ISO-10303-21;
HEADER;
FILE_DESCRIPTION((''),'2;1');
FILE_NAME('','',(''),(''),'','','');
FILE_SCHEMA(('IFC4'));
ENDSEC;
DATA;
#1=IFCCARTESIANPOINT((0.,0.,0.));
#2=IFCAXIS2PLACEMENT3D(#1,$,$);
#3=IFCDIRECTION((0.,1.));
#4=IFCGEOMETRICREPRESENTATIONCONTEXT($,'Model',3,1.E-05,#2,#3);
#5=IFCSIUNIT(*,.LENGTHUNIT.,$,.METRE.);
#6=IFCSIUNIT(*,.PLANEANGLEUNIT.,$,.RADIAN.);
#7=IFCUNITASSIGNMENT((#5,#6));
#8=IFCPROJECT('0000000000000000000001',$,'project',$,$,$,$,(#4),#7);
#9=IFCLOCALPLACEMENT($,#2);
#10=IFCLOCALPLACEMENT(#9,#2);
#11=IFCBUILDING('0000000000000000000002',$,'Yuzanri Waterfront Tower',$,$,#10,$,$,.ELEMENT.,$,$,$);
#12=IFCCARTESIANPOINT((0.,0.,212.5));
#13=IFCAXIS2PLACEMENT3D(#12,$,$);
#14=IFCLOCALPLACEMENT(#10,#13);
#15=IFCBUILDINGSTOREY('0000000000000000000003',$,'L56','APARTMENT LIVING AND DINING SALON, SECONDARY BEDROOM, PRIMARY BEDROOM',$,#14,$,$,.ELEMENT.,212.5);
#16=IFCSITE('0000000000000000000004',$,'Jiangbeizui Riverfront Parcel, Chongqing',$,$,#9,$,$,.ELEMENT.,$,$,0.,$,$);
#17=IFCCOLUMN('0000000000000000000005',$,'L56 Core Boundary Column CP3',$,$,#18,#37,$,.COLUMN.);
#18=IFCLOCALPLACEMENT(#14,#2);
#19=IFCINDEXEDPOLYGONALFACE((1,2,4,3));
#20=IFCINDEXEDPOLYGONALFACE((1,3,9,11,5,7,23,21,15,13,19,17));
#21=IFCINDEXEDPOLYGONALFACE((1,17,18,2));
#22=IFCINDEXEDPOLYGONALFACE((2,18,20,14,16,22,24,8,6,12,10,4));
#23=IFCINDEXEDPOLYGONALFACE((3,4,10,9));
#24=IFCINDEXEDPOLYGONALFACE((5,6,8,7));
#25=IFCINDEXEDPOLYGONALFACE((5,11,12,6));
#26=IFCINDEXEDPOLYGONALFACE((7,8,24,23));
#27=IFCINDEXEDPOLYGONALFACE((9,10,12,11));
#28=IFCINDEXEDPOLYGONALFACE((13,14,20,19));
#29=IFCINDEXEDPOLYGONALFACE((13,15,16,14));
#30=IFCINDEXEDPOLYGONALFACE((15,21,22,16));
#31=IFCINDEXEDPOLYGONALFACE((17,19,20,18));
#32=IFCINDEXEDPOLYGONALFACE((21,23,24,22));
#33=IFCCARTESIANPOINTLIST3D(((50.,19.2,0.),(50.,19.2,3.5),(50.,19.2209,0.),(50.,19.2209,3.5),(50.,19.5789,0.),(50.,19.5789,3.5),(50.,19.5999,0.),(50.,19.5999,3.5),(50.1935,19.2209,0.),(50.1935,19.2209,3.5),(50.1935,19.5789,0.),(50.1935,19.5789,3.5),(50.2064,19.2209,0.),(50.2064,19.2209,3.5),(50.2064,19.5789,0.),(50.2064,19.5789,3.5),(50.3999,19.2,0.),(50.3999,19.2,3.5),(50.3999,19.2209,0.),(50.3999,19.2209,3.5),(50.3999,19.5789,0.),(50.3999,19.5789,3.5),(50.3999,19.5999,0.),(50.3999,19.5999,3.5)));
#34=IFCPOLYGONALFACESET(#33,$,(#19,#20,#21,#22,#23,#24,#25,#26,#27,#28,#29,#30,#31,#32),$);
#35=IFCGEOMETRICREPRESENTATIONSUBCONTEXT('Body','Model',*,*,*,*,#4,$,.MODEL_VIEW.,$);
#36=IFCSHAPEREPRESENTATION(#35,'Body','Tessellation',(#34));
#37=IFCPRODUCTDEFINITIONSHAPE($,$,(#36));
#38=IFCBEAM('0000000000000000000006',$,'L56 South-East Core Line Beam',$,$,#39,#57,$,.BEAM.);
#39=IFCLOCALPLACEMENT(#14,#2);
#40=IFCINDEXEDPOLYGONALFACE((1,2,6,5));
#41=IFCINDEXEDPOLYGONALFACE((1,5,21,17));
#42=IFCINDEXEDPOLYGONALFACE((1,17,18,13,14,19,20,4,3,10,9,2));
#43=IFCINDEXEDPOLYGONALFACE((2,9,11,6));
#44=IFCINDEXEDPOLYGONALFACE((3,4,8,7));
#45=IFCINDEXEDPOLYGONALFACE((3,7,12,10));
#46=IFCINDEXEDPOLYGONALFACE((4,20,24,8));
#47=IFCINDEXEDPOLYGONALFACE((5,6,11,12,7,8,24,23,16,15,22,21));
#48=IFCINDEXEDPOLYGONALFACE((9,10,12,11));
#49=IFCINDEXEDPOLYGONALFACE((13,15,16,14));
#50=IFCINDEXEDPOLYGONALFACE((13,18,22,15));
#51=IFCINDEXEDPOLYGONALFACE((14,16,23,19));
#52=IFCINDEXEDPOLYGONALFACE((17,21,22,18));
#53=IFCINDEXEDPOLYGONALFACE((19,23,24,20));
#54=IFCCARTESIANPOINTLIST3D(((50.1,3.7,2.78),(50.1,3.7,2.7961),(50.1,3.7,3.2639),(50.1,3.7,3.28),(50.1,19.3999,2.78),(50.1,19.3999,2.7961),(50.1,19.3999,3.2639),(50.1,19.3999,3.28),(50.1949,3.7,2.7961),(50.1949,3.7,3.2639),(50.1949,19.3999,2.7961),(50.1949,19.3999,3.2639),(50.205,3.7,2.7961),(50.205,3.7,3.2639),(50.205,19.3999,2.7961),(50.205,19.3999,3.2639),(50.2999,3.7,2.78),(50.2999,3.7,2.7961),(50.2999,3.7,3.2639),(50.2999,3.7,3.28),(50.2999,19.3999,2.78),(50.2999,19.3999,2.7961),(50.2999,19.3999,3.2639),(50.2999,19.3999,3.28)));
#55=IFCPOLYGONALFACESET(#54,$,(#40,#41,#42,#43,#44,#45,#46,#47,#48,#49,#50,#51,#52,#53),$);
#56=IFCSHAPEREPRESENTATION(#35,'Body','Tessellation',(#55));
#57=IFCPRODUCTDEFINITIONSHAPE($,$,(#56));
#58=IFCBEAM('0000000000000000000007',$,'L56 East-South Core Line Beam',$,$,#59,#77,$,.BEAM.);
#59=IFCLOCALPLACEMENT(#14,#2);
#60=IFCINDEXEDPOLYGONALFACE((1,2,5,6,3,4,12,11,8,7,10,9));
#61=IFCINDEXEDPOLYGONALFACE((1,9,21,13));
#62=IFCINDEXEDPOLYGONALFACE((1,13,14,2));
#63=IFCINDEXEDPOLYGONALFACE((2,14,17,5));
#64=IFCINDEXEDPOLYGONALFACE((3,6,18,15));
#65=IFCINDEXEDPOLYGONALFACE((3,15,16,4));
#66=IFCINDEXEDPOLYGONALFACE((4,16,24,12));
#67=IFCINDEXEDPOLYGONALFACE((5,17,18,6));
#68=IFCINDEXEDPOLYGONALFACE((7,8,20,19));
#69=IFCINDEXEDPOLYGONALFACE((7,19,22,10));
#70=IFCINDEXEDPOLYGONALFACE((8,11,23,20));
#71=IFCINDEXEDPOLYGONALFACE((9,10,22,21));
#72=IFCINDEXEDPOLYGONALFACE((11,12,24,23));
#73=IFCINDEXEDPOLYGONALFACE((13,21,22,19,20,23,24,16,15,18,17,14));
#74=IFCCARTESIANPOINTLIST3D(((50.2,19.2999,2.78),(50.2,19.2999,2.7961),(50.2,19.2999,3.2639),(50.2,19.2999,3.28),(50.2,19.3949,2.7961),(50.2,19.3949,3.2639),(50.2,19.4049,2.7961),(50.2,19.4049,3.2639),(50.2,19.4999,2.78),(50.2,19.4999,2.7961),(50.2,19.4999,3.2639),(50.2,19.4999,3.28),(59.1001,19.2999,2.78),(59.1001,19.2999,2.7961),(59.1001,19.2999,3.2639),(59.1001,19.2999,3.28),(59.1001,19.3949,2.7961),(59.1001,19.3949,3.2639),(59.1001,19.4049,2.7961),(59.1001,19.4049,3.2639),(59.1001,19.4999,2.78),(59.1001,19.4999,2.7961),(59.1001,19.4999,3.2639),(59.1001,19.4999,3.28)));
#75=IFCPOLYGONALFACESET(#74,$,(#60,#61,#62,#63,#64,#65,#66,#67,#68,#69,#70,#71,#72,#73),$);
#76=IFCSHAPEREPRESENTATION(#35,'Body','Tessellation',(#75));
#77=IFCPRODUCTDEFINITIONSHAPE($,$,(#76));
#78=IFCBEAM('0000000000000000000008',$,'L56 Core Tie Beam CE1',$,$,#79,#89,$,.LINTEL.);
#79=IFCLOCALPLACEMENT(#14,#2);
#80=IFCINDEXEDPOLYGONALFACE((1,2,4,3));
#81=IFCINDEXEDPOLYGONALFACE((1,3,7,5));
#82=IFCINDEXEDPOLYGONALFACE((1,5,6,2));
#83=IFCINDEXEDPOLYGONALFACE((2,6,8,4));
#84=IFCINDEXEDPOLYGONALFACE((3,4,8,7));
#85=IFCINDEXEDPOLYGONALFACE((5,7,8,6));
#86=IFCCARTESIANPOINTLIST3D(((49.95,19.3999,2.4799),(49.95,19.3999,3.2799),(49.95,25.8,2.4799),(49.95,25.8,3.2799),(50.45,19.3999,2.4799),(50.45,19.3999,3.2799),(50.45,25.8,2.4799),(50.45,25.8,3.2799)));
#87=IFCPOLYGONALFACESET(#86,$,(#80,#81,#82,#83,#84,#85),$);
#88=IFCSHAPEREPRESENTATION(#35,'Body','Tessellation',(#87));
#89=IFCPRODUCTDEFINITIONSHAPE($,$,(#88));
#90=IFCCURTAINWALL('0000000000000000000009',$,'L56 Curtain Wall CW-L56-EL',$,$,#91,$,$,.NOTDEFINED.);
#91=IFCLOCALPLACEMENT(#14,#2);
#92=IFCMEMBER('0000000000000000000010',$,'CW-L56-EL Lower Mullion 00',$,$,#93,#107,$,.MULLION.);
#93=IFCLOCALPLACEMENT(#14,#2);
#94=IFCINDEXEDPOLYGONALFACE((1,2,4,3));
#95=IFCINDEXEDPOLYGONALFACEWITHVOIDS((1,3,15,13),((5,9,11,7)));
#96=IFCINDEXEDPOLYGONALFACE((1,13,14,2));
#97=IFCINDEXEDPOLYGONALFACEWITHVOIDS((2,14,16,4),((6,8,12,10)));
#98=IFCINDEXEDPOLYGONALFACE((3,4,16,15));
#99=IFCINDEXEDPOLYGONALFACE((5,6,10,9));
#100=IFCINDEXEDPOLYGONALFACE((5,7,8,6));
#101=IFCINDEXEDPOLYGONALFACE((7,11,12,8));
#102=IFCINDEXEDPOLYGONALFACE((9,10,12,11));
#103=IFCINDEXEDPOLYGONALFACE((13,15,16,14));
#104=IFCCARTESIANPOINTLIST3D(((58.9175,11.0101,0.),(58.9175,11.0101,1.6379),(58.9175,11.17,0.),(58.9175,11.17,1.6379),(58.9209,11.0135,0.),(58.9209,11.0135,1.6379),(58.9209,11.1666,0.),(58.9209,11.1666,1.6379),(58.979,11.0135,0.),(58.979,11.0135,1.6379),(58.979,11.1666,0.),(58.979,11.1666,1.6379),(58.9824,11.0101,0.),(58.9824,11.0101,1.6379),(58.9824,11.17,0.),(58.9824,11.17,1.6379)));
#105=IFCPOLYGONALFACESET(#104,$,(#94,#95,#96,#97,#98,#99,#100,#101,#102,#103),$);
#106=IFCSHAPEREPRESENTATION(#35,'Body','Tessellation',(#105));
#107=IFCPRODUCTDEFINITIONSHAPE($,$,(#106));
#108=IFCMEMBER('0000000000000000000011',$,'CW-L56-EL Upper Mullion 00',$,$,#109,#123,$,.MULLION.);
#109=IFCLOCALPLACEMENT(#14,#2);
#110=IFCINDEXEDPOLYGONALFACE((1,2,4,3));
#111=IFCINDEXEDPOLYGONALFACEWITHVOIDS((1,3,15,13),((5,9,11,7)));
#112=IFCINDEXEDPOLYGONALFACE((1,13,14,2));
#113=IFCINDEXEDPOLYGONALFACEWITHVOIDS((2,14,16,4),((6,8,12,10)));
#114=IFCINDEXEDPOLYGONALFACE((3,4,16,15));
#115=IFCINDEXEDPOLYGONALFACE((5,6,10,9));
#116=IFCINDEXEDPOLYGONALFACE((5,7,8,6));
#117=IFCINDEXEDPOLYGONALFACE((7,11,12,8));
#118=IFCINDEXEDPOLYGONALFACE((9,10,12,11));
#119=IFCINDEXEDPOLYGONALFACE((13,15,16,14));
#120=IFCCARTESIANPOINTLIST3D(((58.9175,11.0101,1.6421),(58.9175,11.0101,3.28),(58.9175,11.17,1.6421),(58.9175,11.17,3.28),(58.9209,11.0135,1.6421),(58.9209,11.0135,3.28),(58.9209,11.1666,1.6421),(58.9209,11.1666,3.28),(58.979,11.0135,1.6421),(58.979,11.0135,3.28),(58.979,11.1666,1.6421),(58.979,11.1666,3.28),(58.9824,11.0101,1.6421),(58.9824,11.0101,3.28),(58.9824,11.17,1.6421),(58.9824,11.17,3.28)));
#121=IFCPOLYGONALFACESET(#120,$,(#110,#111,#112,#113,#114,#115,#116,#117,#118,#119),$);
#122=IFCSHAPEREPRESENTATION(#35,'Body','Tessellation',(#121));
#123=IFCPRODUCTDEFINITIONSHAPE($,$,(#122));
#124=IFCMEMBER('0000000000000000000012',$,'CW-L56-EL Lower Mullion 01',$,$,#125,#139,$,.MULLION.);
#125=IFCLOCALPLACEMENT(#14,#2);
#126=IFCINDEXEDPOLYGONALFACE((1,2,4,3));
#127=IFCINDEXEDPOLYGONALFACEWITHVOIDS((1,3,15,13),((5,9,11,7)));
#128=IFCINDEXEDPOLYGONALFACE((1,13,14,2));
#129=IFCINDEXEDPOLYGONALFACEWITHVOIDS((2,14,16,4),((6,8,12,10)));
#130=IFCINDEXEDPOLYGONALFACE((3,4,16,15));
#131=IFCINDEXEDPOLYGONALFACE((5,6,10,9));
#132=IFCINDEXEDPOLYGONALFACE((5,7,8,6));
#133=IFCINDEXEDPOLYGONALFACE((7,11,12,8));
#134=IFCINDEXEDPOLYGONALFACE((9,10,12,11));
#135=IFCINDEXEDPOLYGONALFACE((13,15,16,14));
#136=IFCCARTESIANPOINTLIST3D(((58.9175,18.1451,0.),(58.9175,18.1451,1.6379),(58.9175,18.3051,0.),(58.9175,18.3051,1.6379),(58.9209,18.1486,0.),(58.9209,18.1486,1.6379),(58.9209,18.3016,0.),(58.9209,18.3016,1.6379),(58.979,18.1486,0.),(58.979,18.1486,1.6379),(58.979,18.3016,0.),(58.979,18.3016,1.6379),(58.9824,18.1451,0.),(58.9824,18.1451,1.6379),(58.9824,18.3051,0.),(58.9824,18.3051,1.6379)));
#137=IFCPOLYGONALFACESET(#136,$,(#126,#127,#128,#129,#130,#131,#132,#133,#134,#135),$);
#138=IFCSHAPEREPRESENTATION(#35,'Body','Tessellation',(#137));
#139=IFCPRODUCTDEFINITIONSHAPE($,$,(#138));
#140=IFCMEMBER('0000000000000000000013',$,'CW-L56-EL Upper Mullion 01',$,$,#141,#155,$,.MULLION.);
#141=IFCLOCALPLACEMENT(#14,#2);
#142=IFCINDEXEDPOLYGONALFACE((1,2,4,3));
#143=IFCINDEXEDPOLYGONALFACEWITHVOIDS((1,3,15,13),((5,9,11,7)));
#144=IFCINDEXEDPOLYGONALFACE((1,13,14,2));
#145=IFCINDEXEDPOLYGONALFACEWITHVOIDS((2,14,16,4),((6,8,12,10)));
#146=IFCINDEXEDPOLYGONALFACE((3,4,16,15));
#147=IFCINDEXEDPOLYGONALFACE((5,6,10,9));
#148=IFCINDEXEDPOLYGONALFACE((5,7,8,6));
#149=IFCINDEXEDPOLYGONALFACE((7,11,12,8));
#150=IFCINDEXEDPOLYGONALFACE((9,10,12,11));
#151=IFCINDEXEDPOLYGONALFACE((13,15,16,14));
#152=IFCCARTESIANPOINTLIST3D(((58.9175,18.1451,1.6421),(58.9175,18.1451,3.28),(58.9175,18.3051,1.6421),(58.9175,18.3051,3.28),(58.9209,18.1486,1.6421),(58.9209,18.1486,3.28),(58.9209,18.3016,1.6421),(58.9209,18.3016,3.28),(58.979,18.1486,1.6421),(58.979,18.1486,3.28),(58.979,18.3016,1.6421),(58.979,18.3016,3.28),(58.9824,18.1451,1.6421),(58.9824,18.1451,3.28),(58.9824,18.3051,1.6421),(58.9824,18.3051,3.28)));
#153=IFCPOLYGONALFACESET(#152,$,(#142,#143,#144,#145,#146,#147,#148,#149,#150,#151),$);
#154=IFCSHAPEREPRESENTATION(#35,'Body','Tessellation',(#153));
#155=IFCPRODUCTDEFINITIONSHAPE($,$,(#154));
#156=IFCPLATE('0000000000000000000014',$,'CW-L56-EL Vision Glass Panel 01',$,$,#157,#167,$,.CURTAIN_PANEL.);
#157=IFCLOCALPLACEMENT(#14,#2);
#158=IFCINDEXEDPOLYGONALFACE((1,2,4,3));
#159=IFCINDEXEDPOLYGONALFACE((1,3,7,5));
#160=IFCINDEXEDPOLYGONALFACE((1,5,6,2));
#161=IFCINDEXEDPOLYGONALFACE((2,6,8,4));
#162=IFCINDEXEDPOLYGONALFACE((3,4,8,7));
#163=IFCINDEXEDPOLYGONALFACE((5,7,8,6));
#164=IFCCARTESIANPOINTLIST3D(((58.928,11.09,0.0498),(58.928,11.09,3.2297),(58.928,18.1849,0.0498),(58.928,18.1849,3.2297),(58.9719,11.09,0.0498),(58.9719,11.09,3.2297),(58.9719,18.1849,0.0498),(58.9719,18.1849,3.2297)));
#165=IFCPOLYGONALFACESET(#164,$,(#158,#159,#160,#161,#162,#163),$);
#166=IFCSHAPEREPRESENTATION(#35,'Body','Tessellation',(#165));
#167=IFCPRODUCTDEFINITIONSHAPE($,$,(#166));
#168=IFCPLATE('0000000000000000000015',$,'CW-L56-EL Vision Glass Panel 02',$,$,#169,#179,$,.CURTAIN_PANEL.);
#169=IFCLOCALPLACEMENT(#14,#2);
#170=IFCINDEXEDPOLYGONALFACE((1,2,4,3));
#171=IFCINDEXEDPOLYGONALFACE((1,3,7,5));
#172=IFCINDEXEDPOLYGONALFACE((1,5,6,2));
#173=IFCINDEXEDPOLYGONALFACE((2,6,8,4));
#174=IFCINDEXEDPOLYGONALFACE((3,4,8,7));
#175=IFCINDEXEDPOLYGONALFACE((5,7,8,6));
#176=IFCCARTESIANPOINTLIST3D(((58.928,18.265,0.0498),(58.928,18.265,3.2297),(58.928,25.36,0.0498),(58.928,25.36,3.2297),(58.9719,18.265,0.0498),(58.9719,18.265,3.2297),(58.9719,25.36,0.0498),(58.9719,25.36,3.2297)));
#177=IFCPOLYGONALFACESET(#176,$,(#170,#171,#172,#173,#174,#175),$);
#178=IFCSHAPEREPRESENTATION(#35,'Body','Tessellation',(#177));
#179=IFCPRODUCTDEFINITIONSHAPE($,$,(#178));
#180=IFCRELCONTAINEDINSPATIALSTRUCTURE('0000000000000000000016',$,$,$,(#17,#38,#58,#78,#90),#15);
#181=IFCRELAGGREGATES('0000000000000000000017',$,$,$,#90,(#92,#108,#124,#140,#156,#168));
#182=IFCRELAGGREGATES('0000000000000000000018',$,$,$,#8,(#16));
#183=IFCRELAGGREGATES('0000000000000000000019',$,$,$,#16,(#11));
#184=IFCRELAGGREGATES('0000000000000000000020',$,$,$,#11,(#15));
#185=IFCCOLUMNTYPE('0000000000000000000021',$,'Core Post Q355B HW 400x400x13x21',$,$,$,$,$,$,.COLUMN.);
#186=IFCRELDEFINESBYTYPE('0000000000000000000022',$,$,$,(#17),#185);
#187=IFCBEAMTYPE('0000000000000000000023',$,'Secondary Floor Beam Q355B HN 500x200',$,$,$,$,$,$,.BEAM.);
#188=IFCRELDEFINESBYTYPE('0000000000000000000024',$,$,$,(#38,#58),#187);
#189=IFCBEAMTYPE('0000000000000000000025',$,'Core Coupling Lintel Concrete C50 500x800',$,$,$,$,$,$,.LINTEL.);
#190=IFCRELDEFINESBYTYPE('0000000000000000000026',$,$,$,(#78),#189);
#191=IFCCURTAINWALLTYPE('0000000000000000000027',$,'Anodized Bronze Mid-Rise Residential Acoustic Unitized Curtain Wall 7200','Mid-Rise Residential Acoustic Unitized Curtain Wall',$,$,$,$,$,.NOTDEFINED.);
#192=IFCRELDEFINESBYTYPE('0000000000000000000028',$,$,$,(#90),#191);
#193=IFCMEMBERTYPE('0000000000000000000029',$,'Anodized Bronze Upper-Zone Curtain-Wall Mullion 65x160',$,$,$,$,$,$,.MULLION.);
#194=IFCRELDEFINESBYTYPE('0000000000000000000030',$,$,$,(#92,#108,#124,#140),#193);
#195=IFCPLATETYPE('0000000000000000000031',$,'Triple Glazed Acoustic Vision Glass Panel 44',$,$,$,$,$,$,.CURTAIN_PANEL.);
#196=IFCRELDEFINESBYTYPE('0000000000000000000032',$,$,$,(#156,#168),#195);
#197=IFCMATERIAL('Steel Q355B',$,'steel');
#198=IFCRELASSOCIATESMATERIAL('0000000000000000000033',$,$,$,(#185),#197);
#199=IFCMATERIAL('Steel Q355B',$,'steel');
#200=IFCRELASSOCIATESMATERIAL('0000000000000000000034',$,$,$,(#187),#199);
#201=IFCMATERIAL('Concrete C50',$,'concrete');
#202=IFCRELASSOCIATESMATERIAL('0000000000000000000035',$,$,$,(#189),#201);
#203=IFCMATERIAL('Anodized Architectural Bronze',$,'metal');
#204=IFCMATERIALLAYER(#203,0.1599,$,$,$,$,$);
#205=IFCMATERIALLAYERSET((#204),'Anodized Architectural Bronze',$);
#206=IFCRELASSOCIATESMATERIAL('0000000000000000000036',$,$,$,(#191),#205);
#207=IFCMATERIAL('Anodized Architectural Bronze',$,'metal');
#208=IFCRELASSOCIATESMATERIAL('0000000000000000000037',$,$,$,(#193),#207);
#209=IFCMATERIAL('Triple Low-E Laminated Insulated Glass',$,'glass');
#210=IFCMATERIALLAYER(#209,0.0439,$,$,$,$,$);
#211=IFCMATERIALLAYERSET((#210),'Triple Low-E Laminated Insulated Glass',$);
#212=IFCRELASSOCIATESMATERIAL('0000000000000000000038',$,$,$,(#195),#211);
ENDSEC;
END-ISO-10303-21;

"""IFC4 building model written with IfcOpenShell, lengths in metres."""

from ifc_helpers import new_model, si_unit, direction, frame, origin, origin_2d, place, context, subcontext, project, spatial, rectangle, hollow_rectangle, i_section, extrude, source, transform, mapped, material, layer, layer_set, material_profile, profile_set, type_object, element, aggregate, save


model = new_model("IFC4")

# Units and contexts
model_context = context("Model", 3, precision=1e-05, world=origin(), true_north=direction((0.0, 1.0)))
body_context = subcontext(model_context, "Body", "Model", "MODEL_VIEW")
ifc_project = project(units=[si_unit("LENGTHUNIT", "METRE"), si_unit("PLANEANGLEUNIT", "RADIAN")], contexts=[model_context])

# Site, building, storey
site_placement = place(None, origin())
site = spatial("IfcSite", under=ifc_project, at=site_placement, Name="Jiangbeizui Riverfront Parcel, Chongqing", CompositionType="ELEMENT", RefElevation=0.0)
building_placement = place(site_placement, origin())
building = spatial("IfcBuilding", under=site, at=building_placement, Name="Yuzanri Waterfront Tower", CompositionType="ELEMENT")
storey_placement = place(building_placement, frame((0.0, 0.0, 212.5)))
storey = spatial("IfcBuildingStorey", under=building, at=storey_placement, Name="L56", Description="APARTMENT LIVING AND DINING SALON, SECONDARY BEDROOM, PRIMARY BEDROOM", CompositionType="ELEMENT", Elevation=212.5)

# Column
ifc_material_1 = material(Name="Steel Q355B", Category="steel")
ifc_material_profile_1 = material_profile(ifc_material_1, i_section(OverallWidth=0.3999, OverallDepth=0.3999, WebThickness=0.0129, FlangeThickness=0.021, at=origin_2d()), Name="HW 400x400x13x21")
ifc_profile_set_1 = profile_set([ifc_material_profile_1], Name="Steel Q355B")
column_type = type_object("IfcColumnType", Name="Core Post Q355B HW 400x400x13x21", PredefinedType="COLUMN", material=ifc_profile_set_1)
shared_shape_1 = source(origin(), body_context, "Body", "SweptSolid", [
    extrude(i_section(OverallWidth=0.3999, OverallDepth=0.3999, WebThickness=0.0129, FlangeThickness=0.021, at=origin_2d()), origin(), (0.0, 0.0, 1.0), 3.5),
])
column_placement = place(storey_placement, frame((50.2, 19.3999, 0.0), z_axis=(0.0, 0.0, 1.0), x_axis=(1.0, 0.0, 0.0)))
element("IfcColumn", 1, at=column_placement, inside=storey, type_object=column_type, Name="L56 Core Boundary Column CP3", PredefinedType="COLUMN", context=body_context, shape_type="MappedRepresentation", body=[
    mapped(shared_shape_1, transform((0.0, 0.0, 0.0), scale=1.0)),
])

# Beams
ifc_material_2 = material(Name="Steel Q355B", Category="steel")
ifc_material_profile_2 = material_profile(ifc_material_2, i_section(OverallWidth=0.2, OverallDepth=0.5, WebThickness=0.01, FlangeThickness=0.0161, at=origin_2d()), Name="HN 500x200x10x16")
ifc_profile_set_2 = profile_set([ifc_material_profile_2], Name="Steel Q355B")
beam_type_1 = type_object("IfcBeamType", Name="Secondary Floor Beam Q355B HN 500x200", PredefinedType="BEAM", material=ifc_profile_set_2)
shared_shape_2 = source(origin(), body_context, "Body", "SweptSolid", [
    extrude(i_section(OverallWidth=0.2, OverallDepth=0.5, WebThickness=0.01, FlangeThickness=0.0161, at=origin_2d()), origin(), (0.0, 0.0, 1.0), 15.7),
])
beam_1_placement = place(storey_placement, frame((50.2, 19.3999, 3.03), z_axis=(0.0, -1.0, 0.0), x_axis=(1.0, 0.0, 0.0)))
element("IfcBeam", 2, at=beam_1_placement, inside=storey, type_object=beam_type_1, Name="L56 South-East Core Line Beam", PredefinedType="BEAM", context=body_context, shape_type="MappedRepresentation", body=[
    mapped(shared_shape_2, transform((0.0, 0.0, 0.0), scale=1.0)),
])
shared_shape_3 = source(origin(), body_context, "Body", "SweptSolid", [
    extrude(i_section(OverallWidth=0.2, OverallDepth=0.5, WebThickness=0.01, FlangeThickness=0.0161, at=origin_2d()), origin(), (0.0, 0.0, 1.0), 8.9001),
])
beam_2_placement = place(storey_placement, frame((50.2, 19.3999, 3.03), z_axis=(1.0, 0.0, 0.0), x_axis=(0.0, 1.0, 0.0)))
element("IfcBeam", 3, at=beam_2_placement, inside=storey, type_object=beam_type_1, Name="L56 East-South Core Line Beam", PredefinedType="BEAM", context=body_context, shape_type="MappedRepresentation", body=[
    mapped(shared_shape_3, transform((0.0, 0.0, 0.0), scale=1.0)),
])
ifc_material_3 = material(Name="Concrete C50", Category="concrete")
ifc_material_profile_3 = material_profile(ifc_material_3, rectangle(XDim=0.5, YDim=0.8, at=origin_2d()), Name="RC 500x800")
ifc_profile_set_3 = profile_set([ifc_material_profile_3], Name="Concrete C50")
beam_type_2 = type_object("IfcBeamType", Name="Core Coupling Lintel Concrete C50 500x800", PredefinedType="LINTEL", material=ifc_profile_set_3)
shared_shape_4 = source(origin(), body_context, "Body", "SweptSolid", [
    extrude(rectangle(XDim=0.5, YDim=0.8, at=origin_2d()), origin(), (0.0, 0.0, 1.0), 6.4001),
])
beam_3_placement = place(storey_placement, frame((50.2, 19.3999, 2.8799), z_axis=(0.0, 1.0, 0.0), x_axis=(-1.0, 0.0, 0.0)))
element("IfcBeam", 4, at=beam_3_placement, inside=storey, type_object=beam_type_2, Name="L56 Core Tie Beam CE1", PredefinedType="LINTEL", context=body_context, shape_type="MappedRepresentation", body=[
    mapped(shared_shape_4, transform((0.0, 0.0, 0.0), scale=1.0)),
])

# Curtain wall, members, plates
ifc_material_4 = material(Name="Anodized Architectural Bronze", Category="metal")
ifc_layer_1 = layer(ifc_material_4, 0.1599)
ifc_layer_set_1 = layer_set([ifc_layer_1], Name="Anodized Architectural Bronze")
curtain_wall_type = type_object("IfcCurtainWallType", Name="Anodized Bronze Mid-Rise Residential Acoustic Unitized Curtain Wall 7200", Description="Mid-Rise Residential Acoustic Unitized Curtain Wall", PredefinedType="NOTDEFINED", material=ifc_layer_set_1)
curtain_wall_placement = place(storey_placement, origin())
curtain_wall = element("IfcCurtainWall", 5, at=curtain_wall_placement, inside=storey, type_object=curtain_wall_type, Name="L56 Curtain Wall CW-L56-EL", PredefinedType="NOTDEFINED")
ifc_material_5 = material(Name="Anodized Architectural Bronze", Category="metal")
ifc_material_profile_4 = material_profile(ifc_material_5, hollow_rectangle(XDim=0.0649, YDim=0.1599, WallThickness=0.0034, at=origin_2d()), Name="CWM 65x160")
ifc_profile_set_4 = profile_set([ifc_material_profile_4], Name="Anodized Architectural Bronze")
member_type = type_object("IfcMemberType", Name="Anodized Bronze Upper-Zone Curtain-Wall Mullion 65x160", PredefinedType="MULLION", material=ifc_profile_set_4)
shared_shape_5 = source(origin(), body_context, "Body", "SweptSolid", [
    extrude(hollow_rectangle(XDim=0.0649, YDim=0.1599, WallThickness=0.0034, at=origin_2d()), origin(), (0.0, 0.0, 1.0), 1.6379),
])
member_1_placement = place(storey_placement, frame((58.95, 11.0901, 0.0), z_axis=(0.0, 0.0, 1.0), x_axis=(1.0, 0.0, 0.0)))
member_1 = element("IfcMember", 6, at=member_1_placement, type_object=member_type, Name="CW-L56-EL Lower Mullion 00", PredefinedType="MULLION", context=body_context, shape_type="MappedRepresentation", body=[
    mapped(shared_shape_5, transform((0.0, 0.0, 0.0), scale=1.0)),
])
member_2_placement = place(storey_placement, frame((58.95, 11.0901, 1.6421), z_axis=(0.0, 0.0, 1.0), x_axis=(1.0, 0.0, 0.0)))
member_2 = element("IfcMember", 7, at=member_2_placement, type_object=member_type, Name="CW-L56-EL Upper Mullion 00", PredefinedType="MULLION", context=body_context, shape_type="MappedRepresentation", body=[
    mapped(shared_shape_5, transform((0.0, 0.0, 0.0), scale=1.0)),
])
member_3_placement = place(storey_placement, frame((58.95, 18.2251, 0.0), z_axis=(0.0, 0.0, 1.0), x_axis=(1.0, 0.0, 0.0)))
member_3 = element("IfcMember", 8, at=member_3_placement, type_object=member_type, Name="CW-L56-EL Lower Mullion 01", PredefinedType="MULLION", context=body_context, shape_type="MappedRepresentation", body=[
    mapped(shared_shape_5, transform((0.0, 0.0, 0.0), scale=1.0)),
])
member_4_placement = place(storey_placement, frame((58.95, 18.2251, 1.6421), z_axis=(0.0, 0.0, 1.0), x_axis=(1.0, 0.0, 0.0)))
member_4 = element("IfcMember", 9, at=member_4_placement, type_object=member_type, Name="CW-L56-EL Upper Mullion 01", PredefinedType="MULLION", context=body_context, shape_type="MappedRepresentation", body=[
    mapped(shared_shape_5, transform((0.0, 0.0, 0.0), scale=1.0)),
])
ifc_material_6 = material(Name="Triple Low-E Laminated Insulated Glass", Category="glass")
ifc_layer_2 = layer(ifc_material_6, 0.0439)
ifc_layer_set_2 = layer_set([ifc_layer_2], Name="Triple Low-E Laminated Insulated Glass")
plate_type = type_object("IfcPlateType", Name="Triple Glazed Acoustic Vision Glass Panel 44", PredefinedType="CURTAIN_PANEL", material=ifc_layer_set_2)
shared_shape_6 = source(origin(), body_context, "Body", "SweptSolid", [
    extrude(rectangle(XDim=7.095, YDim=0.0439, at=origin_2d()), origin(), (0.0, 0.0, 1.0), 3.1799),
])
plate_1_placement = place(storey_placement, frame((58.95, 14.6375, 0.0498), z_axis=(0.0, 0.0, 1.0), x_axis=(0.0, 1.0, 0.0)))
plate_1 = element("IfcPlate", 10, at=plate_1_placement, type_object=plate_type, Name="CW-L56-EL Vision Glass Panel 01", PredefinedType="CURTAIN_PANEL", context=body_context, shape_type="MappedRepresentation", body=[
    mapped(shared_shape_6, transform((0.0, 0.0, 0.0), scale=1.0)),
])
plate_2_placement = place(storey_placement, frame((58.95, 21.8125, 0.0498), z_axis=(0.0, 0.0, 1.0), x_axis=(0.0, 1.0, 0.0)))
plate_2 = element("IfcPlate", 11, at=plate_2_placement, type_object=plate_type, Name="CW-L56-EL Vision Glass Panel 02", PredefinedType="CURTAIN_PANEL", context=body_context, shape_type="MappedRepresentation", body=[
    mapped(shared_shape_6, transform((0.0, 0.0, 0.0), scale=1.0)),
])
aggregate(curtain_wall, [member_1, member_2, member_3, member_4, plate_1, plate_2])

save(model, "model.ifc")
